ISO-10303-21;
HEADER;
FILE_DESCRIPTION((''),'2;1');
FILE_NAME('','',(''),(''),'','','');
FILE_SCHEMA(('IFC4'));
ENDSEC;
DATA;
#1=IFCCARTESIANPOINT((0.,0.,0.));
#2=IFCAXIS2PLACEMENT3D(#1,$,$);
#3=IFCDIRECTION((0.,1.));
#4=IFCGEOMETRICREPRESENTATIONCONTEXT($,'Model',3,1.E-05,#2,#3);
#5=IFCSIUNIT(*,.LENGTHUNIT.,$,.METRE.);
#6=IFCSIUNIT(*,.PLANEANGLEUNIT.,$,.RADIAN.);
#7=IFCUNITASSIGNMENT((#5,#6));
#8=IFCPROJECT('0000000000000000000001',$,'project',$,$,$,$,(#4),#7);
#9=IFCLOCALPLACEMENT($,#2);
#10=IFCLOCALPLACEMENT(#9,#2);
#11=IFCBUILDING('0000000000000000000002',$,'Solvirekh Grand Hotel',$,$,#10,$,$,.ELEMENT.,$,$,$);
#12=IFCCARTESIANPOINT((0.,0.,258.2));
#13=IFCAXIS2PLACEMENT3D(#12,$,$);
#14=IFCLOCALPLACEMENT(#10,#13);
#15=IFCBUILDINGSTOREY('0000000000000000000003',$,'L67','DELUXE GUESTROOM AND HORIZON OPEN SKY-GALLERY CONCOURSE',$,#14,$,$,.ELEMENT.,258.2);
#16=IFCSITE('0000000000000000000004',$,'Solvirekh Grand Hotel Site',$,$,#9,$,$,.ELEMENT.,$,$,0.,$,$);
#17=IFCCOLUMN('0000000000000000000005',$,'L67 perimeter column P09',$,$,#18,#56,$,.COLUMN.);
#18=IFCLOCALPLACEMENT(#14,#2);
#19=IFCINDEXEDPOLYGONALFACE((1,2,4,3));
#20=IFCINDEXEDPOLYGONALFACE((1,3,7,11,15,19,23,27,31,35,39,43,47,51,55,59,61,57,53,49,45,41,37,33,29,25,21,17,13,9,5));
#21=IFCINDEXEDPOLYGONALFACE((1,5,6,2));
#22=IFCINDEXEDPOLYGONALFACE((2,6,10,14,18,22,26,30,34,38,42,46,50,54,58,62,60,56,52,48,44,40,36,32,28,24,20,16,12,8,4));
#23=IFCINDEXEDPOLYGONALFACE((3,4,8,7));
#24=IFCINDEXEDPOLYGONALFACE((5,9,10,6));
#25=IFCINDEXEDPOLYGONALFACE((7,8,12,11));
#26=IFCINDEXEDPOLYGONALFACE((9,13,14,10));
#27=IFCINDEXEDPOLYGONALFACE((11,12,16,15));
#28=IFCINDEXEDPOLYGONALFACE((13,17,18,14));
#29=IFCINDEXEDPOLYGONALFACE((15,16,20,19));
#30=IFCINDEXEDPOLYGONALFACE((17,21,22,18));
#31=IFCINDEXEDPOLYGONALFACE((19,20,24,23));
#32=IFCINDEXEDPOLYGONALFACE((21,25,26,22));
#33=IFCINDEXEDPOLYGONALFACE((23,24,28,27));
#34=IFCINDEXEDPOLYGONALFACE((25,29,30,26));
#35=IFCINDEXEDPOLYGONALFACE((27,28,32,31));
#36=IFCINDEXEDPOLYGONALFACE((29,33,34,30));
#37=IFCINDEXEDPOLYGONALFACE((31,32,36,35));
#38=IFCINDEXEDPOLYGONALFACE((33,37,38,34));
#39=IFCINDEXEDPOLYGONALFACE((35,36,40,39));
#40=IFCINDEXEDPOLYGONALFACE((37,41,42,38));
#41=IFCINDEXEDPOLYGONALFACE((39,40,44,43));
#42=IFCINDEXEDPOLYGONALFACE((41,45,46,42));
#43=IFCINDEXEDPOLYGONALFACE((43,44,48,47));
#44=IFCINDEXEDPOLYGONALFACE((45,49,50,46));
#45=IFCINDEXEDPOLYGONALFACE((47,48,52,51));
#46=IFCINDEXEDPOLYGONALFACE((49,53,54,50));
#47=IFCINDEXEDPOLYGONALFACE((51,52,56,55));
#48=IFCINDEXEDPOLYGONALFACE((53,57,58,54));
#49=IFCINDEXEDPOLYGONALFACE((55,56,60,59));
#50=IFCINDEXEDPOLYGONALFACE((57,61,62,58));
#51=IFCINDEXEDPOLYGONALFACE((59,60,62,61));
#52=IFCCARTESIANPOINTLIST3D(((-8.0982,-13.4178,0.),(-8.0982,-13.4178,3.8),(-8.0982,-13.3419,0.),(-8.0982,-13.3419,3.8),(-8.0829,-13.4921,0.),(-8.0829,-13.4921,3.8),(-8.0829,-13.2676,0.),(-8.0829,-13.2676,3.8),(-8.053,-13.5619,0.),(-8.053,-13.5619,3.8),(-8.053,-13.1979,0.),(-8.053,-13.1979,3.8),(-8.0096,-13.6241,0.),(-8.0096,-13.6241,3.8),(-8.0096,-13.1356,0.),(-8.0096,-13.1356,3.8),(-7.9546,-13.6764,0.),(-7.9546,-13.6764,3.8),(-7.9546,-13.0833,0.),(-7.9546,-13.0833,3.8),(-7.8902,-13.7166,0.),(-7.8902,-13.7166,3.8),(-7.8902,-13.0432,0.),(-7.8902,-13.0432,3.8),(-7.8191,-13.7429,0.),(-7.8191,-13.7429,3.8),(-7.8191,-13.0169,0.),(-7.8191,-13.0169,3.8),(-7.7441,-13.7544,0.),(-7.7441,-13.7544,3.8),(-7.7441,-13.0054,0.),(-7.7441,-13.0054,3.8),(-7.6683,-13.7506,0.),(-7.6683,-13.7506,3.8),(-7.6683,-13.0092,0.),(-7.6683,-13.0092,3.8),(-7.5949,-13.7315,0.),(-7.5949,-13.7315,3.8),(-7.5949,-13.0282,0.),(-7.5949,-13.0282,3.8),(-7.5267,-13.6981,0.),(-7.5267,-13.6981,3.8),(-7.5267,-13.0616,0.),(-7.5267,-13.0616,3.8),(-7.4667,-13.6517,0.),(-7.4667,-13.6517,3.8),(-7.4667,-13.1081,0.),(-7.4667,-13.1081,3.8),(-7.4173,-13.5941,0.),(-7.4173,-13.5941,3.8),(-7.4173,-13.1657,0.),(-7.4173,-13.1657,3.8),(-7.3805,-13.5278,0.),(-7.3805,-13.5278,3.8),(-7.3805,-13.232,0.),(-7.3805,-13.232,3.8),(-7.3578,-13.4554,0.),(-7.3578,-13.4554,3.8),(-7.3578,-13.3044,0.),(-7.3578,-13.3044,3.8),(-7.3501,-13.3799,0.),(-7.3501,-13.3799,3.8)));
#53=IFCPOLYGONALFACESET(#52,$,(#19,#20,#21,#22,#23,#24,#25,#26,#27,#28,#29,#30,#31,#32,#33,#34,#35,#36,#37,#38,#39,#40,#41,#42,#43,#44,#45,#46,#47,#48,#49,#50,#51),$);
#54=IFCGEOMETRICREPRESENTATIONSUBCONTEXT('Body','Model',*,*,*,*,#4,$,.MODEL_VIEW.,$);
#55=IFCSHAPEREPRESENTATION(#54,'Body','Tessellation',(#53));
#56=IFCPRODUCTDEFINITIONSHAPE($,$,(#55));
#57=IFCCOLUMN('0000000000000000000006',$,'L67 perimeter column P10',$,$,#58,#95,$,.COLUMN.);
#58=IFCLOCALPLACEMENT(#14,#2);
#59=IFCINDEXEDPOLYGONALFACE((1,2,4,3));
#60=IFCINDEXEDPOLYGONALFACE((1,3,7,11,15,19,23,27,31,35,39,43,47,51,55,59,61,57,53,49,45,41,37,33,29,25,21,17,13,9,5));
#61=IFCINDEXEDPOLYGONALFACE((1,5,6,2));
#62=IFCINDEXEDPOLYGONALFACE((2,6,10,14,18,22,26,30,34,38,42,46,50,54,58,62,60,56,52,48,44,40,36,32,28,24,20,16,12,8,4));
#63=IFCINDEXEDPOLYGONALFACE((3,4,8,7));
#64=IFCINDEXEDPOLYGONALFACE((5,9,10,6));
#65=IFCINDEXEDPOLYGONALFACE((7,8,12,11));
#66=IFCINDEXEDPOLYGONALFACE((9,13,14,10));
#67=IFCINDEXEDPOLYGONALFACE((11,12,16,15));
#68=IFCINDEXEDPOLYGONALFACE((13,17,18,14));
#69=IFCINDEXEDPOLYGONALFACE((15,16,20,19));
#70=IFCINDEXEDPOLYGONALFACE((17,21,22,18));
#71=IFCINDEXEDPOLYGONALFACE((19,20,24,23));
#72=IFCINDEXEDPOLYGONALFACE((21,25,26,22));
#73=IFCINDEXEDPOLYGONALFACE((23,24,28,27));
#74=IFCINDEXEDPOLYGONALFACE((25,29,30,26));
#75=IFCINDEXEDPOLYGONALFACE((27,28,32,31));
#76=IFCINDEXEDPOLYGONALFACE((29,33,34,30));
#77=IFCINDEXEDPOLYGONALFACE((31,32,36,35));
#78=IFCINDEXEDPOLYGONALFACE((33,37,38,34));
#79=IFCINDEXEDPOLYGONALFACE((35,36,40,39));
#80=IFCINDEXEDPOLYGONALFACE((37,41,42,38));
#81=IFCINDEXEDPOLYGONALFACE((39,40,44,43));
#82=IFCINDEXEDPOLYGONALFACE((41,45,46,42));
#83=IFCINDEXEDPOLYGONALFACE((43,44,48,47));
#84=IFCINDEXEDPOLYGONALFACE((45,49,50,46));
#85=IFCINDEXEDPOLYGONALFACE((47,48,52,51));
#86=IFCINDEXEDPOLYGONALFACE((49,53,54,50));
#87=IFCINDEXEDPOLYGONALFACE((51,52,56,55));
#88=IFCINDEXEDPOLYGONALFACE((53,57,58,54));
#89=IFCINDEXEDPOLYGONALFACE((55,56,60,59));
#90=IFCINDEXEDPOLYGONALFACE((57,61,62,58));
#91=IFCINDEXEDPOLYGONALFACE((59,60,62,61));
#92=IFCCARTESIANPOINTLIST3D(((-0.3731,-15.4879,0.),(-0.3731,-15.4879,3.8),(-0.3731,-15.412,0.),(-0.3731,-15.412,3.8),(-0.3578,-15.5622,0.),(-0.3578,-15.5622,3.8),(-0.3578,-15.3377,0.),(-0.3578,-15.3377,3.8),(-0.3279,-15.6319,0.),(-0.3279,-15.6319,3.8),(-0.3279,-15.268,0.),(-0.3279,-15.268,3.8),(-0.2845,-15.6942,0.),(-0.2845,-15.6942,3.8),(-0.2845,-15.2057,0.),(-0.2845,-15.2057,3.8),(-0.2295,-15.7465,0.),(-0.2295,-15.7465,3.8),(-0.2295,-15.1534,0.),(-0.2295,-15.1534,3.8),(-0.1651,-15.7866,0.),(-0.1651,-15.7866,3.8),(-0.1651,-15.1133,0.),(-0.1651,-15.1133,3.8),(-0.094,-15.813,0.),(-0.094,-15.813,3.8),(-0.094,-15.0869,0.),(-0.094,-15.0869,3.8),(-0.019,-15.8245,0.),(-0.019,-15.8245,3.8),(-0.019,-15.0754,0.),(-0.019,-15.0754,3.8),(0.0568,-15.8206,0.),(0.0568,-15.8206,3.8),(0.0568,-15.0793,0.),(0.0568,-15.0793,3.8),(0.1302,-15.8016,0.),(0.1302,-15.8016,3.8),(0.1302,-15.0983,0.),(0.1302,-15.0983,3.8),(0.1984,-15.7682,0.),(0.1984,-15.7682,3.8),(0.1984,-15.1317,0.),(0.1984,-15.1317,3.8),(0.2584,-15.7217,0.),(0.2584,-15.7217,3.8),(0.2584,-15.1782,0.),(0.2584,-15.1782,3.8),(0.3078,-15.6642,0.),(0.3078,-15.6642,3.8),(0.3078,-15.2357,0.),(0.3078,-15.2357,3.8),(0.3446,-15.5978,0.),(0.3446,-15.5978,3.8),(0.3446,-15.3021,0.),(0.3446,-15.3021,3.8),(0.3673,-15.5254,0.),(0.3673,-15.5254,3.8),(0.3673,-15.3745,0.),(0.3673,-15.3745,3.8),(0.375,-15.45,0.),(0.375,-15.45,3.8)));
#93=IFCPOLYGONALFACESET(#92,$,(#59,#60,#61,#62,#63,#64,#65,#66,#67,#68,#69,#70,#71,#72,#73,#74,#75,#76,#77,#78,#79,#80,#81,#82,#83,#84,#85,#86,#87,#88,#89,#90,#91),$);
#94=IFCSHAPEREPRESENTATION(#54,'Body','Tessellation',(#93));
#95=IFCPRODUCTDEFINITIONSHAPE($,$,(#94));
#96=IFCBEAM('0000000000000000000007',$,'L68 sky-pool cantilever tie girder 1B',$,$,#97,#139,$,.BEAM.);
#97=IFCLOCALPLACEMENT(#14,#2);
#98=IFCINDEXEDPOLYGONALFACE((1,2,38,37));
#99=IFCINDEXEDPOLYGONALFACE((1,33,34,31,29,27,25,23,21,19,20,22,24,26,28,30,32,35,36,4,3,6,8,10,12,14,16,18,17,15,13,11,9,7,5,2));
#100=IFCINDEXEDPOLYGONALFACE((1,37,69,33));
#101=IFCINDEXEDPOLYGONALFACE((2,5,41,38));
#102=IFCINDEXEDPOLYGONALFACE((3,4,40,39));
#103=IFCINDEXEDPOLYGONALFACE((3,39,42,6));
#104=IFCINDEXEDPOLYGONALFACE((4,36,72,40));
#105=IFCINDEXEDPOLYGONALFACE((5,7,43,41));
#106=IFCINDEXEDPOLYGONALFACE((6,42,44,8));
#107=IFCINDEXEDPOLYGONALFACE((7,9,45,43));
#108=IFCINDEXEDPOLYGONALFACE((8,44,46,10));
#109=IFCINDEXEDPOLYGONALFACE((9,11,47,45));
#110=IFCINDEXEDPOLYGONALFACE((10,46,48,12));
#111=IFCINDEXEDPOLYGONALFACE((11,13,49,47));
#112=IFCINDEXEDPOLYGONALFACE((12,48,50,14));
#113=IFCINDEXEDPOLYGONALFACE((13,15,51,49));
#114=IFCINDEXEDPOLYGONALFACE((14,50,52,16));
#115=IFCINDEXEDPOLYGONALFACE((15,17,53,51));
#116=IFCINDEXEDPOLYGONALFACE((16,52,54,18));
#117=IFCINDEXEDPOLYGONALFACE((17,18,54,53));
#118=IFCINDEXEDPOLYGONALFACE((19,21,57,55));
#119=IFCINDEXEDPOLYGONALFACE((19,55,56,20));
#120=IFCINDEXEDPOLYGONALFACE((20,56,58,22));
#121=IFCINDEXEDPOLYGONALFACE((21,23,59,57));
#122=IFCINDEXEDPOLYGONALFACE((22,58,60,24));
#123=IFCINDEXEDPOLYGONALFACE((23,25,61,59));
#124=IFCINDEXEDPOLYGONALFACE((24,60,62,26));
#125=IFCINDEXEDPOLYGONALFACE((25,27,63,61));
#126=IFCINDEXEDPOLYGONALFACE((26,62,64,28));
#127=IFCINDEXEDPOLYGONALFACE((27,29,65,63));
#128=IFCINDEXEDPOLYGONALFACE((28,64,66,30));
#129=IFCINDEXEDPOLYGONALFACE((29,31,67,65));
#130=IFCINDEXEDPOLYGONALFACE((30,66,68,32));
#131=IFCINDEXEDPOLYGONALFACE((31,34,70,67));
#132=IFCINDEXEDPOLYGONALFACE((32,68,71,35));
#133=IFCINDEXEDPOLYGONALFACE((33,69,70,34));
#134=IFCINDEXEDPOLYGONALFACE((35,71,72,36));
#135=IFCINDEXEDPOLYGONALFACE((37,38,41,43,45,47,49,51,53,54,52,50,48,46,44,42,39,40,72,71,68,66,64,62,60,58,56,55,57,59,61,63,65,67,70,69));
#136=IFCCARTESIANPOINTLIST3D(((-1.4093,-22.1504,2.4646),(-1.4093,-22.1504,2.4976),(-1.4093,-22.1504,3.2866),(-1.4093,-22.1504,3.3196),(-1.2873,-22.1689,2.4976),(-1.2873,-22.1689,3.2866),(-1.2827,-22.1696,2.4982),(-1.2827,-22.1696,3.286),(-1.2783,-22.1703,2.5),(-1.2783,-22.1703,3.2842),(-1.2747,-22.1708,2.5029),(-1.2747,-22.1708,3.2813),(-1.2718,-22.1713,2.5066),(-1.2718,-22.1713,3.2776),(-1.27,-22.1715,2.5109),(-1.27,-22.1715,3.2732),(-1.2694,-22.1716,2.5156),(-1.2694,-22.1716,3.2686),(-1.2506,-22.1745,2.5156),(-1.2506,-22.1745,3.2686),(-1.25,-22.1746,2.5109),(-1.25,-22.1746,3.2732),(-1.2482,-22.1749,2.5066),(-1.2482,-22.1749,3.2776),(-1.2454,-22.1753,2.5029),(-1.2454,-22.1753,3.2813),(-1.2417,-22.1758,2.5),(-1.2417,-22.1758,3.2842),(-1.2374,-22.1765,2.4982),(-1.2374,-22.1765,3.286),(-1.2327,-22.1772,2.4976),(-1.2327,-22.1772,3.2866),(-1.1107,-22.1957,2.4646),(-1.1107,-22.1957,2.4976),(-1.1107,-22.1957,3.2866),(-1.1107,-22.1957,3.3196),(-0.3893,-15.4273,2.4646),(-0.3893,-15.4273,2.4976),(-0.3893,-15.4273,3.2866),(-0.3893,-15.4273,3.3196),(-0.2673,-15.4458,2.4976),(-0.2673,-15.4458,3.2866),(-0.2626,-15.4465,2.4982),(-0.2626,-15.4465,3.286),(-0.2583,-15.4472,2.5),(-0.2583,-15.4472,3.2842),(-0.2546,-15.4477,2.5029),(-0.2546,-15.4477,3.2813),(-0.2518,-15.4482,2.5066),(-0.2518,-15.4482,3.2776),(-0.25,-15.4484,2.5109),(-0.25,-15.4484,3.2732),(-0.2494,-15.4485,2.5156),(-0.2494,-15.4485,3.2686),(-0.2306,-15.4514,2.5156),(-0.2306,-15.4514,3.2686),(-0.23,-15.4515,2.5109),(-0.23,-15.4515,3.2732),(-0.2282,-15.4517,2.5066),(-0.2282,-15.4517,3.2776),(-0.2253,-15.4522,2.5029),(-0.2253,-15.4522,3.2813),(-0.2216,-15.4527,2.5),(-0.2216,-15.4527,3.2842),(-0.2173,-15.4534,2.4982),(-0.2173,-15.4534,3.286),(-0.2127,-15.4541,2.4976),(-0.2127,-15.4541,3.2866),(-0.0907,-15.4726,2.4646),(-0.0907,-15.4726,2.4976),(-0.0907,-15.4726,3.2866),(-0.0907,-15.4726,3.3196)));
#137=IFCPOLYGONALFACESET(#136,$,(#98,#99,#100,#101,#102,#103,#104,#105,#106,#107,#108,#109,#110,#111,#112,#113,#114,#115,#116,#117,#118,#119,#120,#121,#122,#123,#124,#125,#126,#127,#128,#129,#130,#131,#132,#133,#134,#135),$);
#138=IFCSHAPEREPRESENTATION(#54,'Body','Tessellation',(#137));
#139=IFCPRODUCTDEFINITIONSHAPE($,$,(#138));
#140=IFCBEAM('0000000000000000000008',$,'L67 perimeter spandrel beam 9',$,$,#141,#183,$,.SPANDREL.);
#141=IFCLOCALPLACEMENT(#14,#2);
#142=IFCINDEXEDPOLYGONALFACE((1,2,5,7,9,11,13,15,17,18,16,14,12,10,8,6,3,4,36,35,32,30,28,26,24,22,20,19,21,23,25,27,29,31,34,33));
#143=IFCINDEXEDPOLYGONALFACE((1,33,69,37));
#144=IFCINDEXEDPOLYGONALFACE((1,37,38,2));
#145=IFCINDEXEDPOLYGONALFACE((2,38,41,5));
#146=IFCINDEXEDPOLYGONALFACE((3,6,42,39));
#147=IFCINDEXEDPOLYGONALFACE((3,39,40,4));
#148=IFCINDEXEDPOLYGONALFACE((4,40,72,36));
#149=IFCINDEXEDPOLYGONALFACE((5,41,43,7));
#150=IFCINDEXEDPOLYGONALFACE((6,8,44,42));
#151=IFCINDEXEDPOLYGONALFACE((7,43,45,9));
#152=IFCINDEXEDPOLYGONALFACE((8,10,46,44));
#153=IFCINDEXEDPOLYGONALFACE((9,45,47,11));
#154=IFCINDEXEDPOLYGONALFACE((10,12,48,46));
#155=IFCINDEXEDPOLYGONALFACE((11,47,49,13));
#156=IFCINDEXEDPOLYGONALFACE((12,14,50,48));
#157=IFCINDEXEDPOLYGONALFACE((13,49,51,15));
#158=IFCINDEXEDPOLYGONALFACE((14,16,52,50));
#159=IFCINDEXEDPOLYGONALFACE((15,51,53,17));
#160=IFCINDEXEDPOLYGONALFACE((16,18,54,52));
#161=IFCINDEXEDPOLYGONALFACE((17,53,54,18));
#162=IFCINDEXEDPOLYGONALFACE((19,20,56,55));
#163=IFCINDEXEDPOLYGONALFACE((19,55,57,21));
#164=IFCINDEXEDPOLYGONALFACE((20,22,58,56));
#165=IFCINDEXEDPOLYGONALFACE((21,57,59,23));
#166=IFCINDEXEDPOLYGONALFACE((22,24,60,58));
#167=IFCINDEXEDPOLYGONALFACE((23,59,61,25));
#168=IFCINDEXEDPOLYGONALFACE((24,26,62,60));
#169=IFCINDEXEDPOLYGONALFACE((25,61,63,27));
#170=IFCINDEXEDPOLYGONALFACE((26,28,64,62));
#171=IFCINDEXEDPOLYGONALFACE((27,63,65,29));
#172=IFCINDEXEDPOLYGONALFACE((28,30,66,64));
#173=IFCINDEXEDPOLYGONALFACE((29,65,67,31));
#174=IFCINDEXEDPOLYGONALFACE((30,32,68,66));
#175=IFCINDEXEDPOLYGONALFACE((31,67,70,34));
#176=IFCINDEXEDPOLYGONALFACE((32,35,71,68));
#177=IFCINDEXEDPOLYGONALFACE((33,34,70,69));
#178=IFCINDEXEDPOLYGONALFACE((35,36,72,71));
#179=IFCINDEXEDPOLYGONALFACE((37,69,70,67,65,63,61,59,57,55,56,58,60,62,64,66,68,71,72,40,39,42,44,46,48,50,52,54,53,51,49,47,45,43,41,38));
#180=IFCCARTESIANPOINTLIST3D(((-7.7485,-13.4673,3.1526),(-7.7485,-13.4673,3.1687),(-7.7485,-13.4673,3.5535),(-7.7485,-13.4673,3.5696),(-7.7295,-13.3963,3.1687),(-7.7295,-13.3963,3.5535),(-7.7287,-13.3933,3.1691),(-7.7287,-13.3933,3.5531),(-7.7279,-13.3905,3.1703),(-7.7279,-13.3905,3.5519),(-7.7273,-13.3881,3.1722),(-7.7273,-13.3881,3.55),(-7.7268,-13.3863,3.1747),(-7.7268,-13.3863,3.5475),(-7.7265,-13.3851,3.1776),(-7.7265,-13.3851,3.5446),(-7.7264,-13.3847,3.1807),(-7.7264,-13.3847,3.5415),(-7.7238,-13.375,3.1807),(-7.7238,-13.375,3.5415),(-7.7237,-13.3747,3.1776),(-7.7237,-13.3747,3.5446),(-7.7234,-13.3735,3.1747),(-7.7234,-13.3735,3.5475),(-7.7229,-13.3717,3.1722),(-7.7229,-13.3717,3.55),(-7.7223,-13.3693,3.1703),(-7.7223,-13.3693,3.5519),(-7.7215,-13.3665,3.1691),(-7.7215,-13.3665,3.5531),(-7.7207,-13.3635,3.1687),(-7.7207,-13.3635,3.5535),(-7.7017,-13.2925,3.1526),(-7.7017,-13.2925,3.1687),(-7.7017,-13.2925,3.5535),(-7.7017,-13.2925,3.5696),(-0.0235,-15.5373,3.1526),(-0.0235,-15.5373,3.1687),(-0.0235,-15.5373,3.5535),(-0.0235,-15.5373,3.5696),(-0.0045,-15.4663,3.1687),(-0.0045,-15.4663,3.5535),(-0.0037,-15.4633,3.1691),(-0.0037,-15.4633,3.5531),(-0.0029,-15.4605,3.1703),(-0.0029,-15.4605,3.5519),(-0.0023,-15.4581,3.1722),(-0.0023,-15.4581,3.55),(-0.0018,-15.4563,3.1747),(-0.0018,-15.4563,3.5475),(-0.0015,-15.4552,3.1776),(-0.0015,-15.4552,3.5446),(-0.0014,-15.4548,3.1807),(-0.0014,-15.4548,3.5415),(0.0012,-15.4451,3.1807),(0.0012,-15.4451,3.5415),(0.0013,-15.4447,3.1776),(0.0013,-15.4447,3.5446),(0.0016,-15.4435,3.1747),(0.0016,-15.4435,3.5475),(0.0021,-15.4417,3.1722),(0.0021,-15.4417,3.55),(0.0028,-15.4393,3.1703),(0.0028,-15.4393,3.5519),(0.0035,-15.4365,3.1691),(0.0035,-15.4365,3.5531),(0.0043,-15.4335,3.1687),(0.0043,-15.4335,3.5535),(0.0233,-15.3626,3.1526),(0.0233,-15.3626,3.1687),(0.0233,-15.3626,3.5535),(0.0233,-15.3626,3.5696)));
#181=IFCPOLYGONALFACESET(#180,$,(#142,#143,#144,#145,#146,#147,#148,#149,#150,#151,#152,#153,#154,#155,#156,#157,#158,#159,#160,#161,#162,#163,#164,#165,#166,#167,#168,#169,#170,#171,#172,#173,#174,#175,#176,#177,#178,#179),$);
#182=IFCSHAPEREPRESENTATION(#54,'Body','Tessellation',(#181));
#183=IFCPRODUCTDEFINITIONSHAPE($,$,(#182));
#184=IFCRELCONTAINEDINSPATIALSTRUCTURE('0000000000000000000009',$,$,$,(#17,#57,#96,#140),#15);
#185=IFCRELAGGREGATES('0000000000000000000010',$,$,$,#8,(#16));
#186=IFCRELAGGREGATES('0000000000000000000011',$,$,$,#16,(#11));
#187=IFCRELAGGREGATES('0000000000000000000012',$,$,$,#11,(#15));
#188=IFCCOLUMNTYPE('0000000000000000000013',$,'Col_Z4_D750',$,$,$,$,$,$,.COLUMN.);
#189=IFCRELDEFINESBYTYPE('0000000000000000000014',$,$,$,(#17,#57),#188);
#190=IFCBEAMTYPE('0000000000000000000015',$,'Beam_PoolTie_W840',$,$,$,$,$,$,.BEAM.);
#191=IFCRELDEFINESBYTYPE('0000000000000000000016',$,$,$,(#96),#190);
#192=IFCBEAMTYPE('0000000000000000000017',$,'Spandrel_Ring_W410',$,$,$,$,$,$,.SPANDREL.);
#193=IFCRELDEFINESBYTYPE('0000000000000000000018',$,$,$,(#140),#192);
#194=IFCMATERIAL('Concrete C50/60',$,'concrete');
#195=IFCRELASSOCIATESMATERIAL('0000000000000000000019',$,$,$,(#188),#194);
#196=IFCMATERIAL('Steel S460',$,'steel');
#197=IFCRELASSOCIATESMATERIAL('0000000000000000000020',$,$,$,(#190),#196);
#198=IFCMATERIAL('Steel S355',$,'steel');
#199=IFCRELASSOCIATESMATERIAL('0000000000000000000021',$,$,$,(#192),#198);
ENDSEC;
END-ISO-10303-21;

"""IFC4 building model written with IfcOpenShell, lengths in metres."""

from ifc_helpers import new_model, si_unit, direction, frame, origin, origin_2d, place, context, subcontext, project, spatial, circle, i_section, extrude, material, material_profile, profile_set, type_object, element, save


model = new_model("IFC4")

# Units and contexts
model_context = context("Model", 3, precision=1e-05, world=origin(), true_north=direction((0.0, 1.0)))
body_context = subcontext(model_context, "Body", "Model", "MODEL_VIEW")
ifc_project = project(units=[si_unit("LENGTHUNIT", "METRE"), si_unit("PLANEANGLEUNIT", "RADIAN")], contexts=[model_context])

# Site, building, storey
site_placement = place(None, origin())
site = spatial("IfcSite", under=ifc_project, at=site_placement, Name="Solvirekh Grand Hotel Site", CompositionType="ELEMENT", RefElevation=0.0)
building_placement = place(site_placement, origin())
building = spatial("IfcBuilding", under=site, at=building_placement, Name="Solvirekh Grand Hotel", CompositionType="ELEMENT")
storey_placement = place(building_placement, frame((0.0, 0.0, 258.2)))
storey = spatial("IfcBuildingStorey", under=building, at=storey_placement, Name="L67", Description="DELUXE GUESTROOM AND HORIZON OPEN SKY-GALLERY CONCOURSE", CompositionType="ELEMENT", Elevation=258.2)

# Columns
ifc_material_1 = material(Name="Concrete C50/60", Category="concrete")
ifc_material_profile_1 = material_profile(ifc_material_1, circle(Radius=0.375, at=origin_2d()), Name="RC CIRC D750")
ifc_profile_set_1 = profile_set([ifc_material_profile_1], Name="Concrete C50/60")
column_type = type_object("IfcColumnType", Name="Col_Z4_D750", PredefinedType="COLUMN", material=ifc_profile_set_1)
for number, where, z_axis, x_axis, name in (
    (1, (-7.7251, -13.3799, 0.0), (0.0, 0.0, 1.0), (1.0, 0.0, 0.0), "L67 perimeter column P09"),
    (2, (0.0, -15.45, 0.0), (0.0, 0.0, 1.0), (1.0, 0.0, 0.0), "L67 perimeter column P10"),
):
    element("IfcColumn", number, at=place(storey_placement, frame(where, z_axis=z_axis, x_axis=x_axis)), inside=storey, type_object=column_type, Name=name, PredefinedType="COLUMN", context=body_context, shape_type="SweptSolid", body=[
        extrude(circle(Radius=0.375, at=origin_2d()), origin(), (0.0, 0.0, 1.0), 3.8),
    ])

# Beams
ifc_material_2 = material(Name="Steel S460", Category="steel")
ifc_material_profile_2 = material_profile(ifc_material_2, i_section(OverallWidth=0.302, OverallDepth=0.855, WebThickness=0.019, FlangeThickness=0.033, FilletRadius=0.0181, at=origin_2d()), Name="W840X299")
ifc_profile_set_2 = profile_set([ifc_material_profile_2], Name="Steel S460")
beam_type_1 = type_object("IfcBeamType", Name="Beam_PoolTie_W840", PredefinedType="BEAM", material=ifc_profile_set_2)
beam_placement = place(storey_placement, frame((-0.24, -15.45, 2.8921), z_axis=(-0.150001, -0.988686, 0.0), x_axis=(0.988686, -0.150001, 0.0)))
element("IfcBeam", 3, at=beam_placement, inside=storey, type_object=beam_type_1, Name="L68 sky-pool cantilever tie girder 1B", PredefinedType="BEAM", context=body_context, shape_type="SweptSolid", body=[
    extrude(i_section(OverallWidth=0.302, OverallDepth=0.855, WebThickness=0.019, FlangeThickness=0.033, FilletRadius=0.0181, at=origin_2d()), origin(), (0.0, 0.0, 1.0), 6.8),
])
ifc_material_3 = material(Name="Steel S355", Category="steel")
ifc_material_profile_3 = material_profile(ifc_material_3, i_section(OverallWidth=0.1809, OverallDepth=0.417, WebThickness=0.01, FlangeThickness=0.0161, FilletRadius=0.012, at=origin_2d()), Name="W410X85")
ifc_profile_set_3 = profile_set([ifc_material_profile_3], Name="Steel S355")
beam_type_2 = type_object("IfcBeamType", Name="Spandrel_Ring_W410", PredefinedType="SPANDREL", material=ifc_profile_set_3)
for number, where, z_axis, x_axis, name in (
    (4, (-7.7251, -13.3799, 3.3611), (0.965922, -0.258835, 0.0), (0.258835, 0.965922, 0.0), "L67 perimeter spandrel beam 9"),
):
    element("IfcBeam", number, at=place(storey_placement, frame(where, z_axis=z_axis, x_axis=x_axis)), inside=storey, type_object=beam_type_2, Name=name, PredefinedType="SPANDREL", context=body_context, shape_type="SweptSolid", body=[
        extrude(i_section(OverallWidth=0.1809, OverallDepth=0.417, WebThickness=0.01, FlangeThickness=0.0161, FilletRadius=0.012, at=origin_2d()), origin(), (0.0, 0.0, 1.0), 7.9976),
    ])

save(model, "model.ifc")
